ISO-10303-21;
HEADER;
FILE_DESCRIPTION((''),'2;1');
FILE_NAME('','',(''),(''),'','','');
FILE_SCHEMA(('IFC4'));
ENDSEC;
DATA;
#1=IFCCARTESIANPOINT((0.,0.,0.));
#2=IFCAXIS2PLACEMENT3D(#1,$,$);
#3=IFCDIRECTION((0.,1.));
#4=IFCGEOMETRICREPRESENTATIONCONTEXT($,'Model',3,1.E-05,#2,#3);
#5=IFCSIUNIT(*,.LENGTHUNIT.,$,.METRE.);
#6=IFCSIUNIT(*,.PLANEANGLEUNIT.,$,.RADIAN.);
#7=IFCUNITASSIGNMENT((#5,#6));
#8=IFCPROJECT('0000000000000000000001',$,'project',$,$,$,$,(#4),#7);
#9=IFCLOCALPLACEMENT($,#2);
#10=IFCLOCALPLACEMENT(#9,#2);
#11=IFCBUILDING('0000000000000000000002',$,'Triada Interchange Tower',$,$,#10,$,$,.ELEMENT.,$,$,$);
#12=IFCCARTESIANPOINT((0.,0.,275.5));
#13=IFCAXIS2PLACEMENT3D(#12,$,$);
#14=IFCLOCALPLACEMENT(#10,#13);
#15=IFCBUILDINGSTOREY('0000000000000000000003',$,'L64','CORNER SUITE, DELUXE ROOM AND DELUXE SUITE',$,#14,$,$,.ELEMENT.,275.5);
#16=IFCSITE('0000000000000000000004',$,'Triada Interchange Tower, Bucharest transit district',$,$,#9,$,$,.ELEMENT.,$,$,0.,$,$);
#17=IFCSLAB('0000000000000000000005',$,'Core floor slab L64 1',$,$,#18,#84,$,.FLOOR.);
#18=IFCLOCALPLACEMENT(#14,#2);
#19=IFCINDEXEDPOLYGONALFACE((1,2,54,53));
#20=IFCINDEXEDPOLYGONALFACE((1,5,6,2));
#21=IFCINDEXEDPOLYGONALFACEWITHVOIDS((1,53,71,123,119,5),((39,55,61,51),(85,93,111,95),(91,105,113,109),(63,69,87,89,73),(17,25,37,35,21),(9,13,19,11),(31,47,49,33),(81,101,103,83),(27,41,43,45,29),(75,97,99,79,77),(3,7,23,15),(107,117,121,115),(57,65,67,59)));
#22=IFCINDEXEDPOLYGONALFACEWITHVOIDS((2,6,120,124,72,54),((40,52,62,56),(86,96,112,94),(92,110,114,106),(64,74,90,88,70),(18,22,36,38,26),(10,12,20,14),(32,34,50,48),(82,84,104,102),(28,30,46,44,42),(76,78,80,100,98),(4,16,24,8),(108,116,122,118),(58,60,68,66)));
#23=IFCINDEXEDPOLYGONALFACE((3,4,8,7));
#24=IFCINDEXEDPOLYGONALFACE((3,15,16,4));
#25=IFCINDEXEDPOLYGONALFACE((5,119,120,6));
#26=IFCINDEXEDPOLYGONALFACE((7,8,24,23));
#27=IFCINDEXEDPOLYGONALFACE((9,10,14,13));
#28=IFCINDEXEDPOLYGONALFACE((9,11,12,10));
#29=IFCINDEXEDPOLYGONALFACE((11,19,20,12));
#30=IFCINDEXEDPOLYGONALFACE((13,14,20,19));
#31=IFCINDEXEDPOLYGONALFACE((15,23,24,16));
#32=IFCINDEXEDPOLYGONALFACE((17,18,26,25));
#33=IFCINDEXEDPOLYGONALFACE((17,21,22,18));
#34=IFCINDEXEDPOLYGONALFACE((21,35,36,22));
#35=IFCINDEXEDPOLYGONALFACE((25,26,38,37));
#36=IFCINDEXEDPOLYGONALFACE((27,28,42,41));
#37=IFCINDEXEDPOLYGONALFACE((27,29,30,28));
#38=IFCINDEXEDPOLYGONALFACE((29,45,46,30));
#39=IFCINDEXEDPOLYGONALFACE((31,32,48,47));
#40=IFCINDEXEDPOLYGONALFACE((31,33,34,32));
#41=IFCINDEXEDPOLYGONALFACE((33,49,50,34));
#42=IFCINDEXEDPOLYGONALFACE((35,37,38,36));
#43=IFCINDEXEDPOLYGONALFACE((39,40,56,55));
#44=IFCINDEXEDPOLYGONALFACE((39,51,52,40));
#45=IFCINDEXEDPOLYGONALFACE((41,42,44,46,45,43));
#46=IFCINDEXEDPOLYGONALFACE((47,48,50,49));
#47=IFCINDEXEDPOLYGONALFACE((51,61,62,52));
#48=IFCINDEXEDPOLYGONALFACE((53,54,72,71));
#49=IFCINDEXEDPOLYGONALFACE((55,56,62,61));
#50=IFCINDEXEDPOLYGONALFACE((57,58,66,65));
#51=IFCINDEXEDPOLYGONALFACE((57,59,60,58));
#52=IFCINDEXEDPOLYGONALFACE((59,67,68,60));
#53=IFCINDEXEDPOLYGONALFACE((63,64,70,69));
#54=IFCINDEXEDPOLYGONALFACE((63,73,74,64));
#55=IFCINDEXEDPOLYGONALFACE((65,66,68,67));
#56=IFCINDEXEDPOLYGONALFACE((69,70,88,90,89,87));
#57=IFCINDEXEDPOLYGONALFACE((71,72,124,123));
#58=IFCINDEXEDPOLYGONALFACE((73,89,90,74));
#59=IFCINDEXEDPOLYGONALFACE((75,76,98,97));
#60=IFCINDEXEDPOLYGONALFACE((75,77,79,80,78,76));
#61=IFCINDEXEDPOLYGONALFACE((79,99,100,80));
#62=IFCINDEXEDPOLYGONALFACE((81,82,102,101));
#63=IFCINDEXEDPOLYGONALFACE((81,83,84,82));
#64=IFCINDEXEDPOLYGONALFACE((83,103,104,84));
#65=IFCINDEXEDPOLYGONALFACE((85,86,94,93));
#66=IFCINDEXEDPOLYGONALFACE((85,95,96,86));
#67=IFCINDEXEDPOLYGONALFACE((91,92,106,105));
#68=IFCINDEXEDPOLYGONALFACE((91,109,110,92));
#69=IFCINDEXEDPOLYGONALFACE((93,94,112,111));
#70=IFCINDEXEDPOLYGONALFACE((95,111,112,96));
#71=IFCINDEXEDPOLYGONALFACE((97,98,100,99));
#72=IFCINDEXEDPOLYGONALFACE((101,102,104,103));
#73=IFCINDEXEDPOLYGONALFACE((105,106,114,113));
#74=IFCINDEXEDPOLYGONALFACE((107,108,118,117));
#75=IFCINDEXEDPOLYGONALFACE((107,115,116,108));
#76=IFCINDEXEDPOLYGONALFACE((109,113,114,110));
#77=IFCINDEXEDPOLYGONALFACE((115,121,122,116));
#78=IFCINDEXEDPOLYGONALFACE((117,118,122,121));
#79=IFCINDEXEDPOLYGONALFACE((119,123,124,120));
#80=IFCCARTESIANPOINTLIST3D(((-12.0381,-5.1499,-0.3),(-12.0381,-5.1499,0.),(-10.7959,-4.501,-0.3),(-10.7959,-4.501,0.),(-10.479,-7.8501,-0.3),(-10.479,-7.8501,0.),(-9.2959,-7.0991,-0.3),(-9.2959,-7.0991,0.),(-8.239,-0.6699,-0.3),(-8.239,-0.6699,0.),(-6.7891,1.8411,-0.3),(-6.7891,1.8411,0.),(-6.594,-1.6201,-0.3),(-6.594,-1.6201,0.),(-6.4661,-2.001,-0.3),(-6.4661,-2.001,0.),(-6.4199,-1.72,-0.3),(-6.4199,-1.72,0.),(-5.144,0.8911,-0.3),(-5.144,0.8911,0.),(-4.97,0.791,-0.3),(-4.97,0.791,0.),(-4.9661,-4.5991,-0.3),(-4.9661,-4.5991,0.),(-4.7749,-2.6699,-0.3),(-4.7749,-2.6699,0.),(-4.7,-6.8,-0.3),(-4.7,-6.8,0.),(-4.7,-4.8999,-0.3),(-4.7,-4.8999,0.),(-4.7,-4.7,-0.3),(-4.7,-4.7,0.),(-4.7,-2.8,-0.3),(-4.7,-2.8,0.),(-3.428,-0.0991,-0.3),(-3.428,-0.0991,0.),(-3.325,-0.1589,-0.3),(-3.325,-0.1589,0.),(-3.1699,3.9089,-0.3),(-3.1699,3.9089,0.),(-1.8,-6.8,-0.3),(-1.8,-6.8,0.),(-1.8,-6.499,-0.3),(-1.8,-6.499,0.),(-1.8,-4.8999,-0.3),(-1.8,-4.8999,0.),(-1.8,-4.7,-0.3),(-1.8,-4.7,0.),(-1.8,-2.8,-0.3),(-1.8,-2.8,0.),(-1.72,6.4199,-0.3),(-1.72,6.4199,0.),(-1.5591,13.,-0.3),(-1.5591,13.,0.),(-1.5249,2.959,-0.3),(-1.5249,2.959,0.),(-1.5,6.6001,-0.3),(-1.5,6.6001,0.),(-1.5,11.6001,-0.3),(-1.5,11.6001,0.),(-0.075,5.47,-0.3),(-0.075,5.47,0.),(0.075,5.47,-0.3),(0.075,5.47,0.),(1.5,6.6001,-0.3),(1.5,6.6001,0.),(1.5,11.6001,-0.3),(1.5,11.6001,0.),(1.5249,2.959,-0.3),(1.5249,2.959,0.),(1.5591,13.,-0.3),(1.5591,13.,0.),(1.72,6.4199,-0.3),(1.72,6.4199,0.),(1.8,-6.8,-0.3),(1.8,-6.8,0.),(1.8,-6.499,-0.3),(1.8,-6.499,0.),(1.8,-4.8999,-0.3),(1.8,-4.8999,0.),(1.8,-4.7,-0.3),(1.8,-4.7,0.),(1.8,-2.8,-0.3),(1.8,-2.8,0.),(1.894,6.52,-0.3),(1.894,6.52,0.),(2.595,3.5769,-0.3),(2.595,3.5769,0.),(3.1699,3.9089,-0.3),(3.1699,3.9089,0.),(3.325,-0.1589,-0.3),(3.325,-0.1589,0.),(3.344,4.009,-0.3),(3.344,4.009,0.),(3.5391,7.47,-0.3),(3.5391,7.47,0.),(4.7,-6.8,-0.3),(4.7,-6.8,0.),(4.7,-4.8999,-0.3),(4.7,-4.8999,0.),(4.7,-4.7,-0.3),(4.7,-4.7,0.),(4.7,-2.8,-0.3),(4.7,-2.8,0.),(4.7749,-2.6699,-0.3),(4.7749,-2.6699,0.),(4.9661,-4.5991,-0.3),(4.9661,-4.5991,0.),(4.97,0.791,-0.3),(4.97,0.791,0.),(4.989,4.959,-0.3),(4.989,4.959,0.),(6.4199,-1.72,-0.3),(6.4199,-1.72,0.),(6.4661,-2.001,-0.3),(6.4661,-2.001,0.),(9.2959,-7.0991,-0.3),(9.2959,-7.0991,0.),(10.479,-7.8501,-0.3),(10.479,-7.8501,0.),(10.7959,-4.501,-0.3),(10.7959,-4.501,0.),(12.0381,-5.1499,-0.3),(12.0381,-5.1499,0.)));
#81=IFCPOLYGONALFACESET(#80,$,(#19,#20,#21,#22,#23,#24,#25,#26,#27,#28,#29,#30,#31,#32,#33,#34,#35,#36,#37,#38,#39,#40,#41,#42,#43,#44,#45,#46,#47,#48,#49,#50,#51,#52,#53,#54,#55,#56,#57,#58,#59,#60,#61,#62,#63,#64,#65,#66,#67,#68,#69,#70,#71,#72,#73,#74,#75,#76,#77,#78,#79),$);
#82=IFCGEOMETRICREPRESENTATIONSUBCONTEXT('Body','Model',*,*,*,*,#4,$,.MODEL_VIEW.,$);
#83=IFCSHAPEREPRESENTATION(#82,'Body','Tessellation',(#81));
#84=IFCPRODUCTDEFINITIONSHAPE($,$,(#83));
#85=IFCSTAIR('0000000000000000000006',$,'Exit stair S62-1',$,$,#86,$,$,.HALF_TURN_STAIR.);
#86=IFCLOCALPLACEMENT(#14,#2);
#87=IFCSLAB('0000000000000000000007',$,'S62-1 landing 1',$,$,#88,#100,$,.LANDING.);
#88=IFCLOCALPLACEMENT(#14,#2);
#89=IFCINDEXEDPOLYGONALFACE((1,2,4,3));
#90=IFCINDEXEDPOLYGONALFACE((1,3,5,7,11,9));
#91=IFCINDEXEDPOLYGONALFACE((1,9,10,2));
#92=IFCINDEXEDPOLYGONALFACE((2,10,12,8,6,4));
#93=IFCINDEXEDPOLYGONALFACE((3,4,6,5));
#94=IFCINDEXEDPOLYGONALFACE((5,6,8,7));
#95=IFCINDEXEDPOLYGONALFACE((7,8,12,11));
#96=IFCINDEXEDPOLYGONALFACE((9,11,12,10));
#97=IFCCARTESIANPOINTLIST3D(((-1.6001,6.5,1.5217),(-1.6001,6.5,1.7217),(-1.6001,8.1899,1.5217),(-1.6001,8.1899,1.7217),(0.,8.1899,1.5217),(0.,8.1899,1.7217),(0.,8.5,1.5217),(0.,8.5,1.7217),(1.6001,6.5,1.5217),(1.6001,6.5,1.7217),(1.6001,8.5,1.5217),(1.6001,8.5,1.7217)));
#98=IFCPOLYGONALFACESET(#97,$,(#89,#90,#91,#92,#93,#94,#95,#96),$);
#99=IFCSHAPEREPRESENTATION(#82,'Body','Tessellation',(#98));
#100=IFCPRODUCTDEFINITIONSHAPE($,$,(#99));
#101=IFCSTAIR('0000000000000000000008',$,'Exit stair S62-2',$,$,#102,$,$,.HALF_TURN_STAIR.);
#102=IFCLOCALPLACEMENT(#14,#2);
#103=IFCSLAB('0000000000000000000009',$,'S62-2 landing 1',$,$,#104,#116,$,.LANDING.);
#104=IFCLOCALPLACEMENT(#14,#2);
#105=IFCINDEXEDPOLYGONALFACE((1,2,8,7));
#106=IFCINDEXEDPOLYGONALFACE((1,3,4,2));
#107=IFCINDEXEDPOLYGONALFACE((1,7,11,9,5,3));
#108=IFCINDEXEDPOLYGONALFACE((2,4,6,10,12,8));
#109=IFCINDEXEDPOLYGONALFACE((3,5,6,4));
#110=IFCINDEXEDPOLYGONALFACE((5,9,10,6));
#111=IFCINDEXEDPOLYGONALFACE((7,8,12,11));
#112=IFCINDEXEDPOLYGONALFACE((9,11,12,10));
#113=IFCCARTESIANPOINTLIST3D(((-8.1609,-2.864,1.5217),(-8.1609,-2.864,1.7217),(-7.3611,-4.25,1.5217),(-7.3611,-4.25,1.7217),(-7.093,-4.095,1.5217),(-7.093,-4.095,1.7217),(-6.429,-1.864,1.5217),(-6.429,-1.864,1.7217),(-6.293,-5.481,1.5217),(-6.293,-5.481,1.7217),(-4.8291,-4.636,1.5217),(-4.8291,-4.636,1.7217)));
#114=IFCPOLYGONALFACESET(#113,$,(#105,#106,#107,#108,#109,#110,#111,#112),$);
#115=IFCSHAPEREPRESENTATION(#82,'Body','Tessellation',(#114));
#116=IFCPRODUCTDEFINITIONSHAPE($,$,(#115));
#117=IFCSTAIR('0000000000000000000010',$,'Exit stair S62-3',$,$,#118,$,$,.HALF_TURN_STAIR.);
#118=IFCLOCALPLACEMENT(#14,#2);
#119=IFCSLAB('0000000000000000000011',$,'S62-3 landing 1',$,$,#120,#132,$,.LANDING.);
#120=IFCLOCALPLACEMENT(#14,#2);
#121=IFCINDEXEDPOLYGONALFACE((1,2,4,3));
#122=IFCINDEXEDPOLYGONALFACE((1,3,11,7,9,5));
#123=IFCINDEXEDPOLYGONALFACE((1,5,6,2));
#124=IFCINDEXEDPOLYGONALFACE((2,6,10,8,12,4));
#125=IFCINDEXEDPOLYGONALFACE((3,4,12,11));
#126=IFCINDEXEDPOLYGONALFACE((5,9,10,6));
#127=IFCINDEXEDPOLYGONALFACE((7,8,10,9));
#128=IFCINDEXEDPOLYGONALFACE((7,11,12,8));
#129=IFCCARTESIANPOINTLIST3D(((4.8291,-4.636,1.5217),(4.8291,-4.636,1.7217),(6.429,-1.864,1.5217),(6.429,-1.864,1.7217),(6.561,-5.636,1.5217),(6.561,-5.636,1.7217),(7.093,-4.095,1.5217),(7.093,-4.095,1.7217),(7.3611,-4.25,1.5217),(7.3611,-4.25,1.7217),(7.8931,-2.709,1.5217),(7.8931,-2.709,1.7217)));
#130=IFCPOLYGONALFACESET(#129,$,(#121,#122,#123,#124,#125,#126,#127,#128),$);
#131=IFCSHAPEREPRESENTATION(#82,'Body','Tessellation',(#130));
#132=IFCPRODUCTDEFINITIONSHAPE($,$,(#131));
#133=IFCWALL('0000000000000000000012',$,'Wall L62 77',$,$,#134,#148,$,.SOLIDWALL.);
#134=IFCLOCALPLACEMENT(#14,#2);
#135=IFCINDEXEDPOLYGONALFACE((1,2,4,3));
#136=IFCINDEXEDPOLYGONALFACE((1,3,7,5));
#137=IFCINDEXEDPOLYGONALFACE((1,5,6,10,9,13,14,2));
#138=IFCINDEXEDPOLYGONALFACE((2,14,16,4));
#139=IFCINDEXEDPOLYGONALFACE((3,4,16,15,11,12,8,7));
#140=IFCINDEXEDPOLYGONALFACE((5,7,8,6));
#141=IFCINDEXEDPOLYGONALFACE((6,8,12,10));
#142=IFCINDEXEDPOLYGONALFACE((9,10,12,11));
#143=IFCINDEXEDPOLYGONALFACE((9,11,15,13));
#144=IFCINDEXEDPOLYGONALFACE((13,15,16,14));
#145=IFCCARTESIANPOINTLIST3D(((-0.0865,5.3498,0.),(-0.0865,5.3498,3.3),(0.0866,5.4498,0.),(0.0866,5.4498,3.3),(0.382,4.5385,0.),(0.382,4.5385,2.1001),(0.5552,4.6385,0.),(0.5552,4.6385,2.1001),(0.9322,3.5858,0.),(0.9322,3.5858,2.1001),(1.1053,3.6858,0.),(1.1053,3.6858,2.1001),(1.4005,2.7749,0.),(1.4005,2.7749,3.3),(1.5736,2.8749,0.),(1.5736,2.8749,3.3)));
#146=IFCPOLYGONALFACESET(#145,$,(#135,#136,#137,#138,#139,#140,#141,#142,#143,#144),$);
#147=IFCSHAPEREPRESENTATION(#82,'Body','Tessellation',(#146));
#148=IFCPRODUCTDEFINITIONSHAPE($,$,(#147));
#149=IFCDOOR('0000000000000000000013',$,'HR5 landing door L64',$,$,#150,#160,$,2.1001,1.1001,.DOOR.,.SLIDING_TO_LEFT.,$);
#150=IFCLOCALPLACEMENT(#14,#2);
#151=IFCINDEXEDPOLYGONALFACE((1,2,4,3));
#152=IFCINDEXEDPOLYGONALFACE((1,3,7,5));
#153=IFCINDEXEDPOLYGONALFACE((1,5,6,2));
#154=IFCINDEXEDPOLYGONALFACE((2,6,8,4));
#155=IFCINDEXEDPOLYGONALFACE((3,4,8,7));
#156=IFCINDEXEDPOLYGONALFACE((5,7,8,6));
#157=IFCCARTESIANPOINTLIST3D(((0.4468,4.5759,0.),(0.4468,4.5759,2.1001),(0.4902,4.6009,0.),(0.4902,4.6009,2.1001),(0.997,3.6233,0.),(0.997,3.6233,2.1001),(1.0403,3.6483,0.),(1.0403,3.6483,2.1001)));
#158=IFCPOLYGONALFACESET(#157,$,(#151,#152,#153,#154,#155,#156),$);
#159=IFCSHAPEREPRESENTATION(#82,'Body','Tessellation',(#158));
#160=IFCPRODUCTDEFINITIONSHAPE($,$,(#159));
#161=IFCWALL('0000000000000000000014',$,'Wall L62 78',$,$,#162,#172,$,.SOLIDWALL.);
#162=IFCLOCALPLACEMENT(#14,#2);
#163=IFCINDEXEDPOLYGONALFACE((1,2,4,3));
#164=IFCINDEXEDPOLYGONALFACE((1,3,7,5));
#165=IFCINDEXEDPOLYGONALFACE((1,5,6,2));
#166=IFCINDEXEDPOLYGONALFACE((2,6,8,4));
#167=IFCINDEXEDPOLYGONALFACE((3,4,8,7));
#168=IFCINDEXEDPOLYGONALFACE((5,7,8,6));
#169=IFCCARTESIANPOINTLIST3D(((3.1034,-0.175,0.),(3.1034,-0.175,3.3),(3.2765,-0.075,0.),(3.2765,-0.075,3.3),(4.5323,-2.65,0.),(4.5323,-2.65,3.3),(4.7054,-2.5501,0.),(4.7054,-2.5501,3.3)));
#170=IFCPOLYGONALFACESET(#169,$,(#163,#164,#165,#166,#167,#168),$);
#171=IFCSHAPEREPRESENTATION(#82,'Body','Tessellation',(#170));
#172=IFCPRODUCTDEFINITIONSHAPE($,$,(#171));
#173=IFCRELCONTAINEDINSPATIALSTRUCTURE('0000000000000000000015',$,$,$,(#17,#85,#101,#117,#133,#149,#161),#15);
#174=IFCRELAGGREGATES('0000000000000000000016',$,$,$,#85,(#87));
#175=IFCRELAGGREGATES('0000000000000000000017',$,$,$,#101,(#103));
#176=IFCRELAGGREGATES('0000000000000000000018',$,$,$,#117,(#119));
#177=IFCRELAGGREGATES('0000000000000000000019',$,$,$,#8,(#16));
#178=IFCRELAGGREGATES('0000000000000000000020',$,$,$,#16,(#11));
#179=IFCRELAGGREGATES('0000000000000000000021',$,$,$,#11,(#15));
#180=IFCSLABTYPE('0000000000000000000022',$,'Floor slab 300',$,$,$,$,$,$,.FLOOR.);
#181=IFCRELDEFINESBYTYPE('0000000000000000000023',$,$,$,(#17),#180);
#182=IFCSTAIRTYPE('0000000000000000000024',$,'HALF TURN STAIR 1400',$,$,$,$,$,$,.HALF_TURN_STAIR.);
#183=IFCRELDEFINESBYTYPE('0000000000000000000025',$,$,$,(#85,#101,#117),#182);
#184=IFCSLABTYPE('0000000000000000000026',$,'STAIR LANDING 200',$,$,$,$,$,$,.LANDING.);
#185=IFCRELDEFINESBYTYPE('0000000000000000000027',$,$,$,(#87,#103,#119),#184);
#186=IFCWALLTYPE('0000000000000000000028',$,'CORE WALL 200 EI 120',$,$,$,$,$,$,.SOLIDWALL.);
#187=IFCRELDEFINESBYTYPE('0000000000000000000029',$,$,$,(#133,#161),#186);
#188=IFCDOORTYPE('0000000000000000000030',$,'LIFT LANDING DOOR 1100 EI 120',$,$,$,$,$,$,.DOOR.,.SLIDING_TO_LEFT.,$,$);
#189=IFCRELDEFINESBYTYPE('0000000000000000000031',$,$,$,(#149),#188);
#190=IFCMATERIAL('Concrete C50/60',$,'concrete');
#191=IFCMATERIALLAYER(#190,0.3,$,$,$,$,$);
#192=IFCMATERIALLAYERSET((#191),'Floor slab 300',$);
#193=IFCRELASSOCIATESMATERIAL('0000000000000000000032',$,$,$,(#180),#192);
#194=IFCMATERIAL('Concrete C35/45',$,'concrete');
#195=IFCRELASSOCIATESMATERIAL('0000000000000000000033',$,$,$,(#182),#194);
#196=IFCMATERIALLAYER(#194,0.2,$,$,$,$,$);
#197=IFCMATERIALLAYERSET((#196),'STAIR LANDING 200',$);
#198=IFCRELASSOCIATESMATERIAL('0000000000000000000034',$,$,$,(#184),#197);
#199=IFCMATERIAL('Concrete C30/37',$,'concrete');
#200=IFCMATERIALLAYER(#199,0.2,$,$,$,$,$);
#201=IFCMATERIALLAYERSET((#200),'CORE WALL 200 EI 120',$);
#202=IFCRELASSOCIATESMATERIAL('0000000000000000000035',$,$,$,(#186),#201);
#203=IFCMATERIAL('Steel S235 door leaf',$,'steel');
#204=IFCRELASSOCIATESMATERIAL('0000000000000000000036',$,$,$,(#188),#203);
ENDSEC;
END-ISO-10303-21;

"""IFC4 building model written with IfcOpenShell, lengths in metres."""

from ifc_helpers import new_model, si_unit, direction, frame, frame_2d, origin, place, context, subcontext, project, spatial, polyline, rectangle, outline, extrude, material, layer, layer_set, type_object, element, fill, aggregate, save


model = new_model("IFC4")

# Units and contexts
model_context = context("Model", 3, precision=1e-05, world=origin(), true_north=direction((0.0, 1.0)))
body_context = subcontext(model_context, "Body", "Model", "MODEL_VIEW")
ifc_project = project(units=[si_unit("LENGTHUNIT", "METRE"), si_unit("PLANEANGLEUNIT", "RADIAN")], contexts=[model_context])

# Site, building, storey
site_placement = place(None, origin())
site = spatial("IfcSite", under=ifc_project, at=site_placement, Name="Triada Interchange Tower, Bucharest transit district", CompositionType="ELEMENT", RefElevation=0.0)
building_placement = place(site_placement, origin())
building = spatial("IfcBuilding", under=site, at=building_placement, Name="Triada Interchange Tower", CompositionType="ELEMENT")
storey_placement = place(building_placement, frame((0.0, 0.0, 275.5)))
storey = spatial("IfcBuildingStorey", under=building, at=storey_placement, Name="L64", Description="CORNER SUITE, DELUXE ROOM AND DELUXE SUITE", CompositionType="ELEMENT", Elevation=275.5)

# Slab
ifc_material_1 = material(Name="Concrete C50/60", Category="concrete")
ifc_layer_1 = layer(ifc_material_1, 0.3)
ifc_layer_set_1 = layer_set([ifc_layer_1], Name="Floor slab 300")
slab_type_1 = type_object("IfcSlabType", Name="Floor slab 300", PredefinedType="FLOOR", material=ifc_layer_set_1)
slab_1_placement = place(storey_placement, frame((0.0, 0.0, -0.3)))
element("IfcSlab", 1, at=slab_1_placement, inside=storey, type_object=slab_type_1, Name="Core floor slab L64 1", PredefinedType="FLOOR", context=body_context, shape_type="SweptSolid", body=[
    extrude(outline(polyline([(12.0381, -5.1499), (10.479, -7.8501), (-10.479, -7.8501), (-12.0381, -5.1499), (-1.5591, 13.0), (1.5591, 13.0), (12.0381, -5.1499)]), holes=[polyline([(9.2959, -7.0991), (10.7959, -4.501), (6.4661, -2.001), (4.9661, -4.5991), (9.2959, -7.0991)]), polyline([(4.97, 0.791), (3.325, -0.1589), (4.7749, -2.6699), (6.4199, -1.72), (4.97, 0.791)]), polyline([(1.894, 6.52), (3.344, 4.009), (4.989, 4.959), (3.5391, 7.47), (1.894, 6.52)]), polyline([(1.8, -4.8999), (1.8, -6.499), (1.8, -6.8), (4.7, -6.8), (4.7, -4.8999), (1.8, -4.8999)]), polyline([(4.7, -2.8), (1.8, -2.8), (1.8, -4.7), (4.7, -4.7), (4.7, -2.8)]), polyline([(1.5249, 2.959), (2.595, 3.5769), (3.1699, 3.9089), (1.72, 6.4199), (0.075, 5.47), (1.5249, 2.959)]), polyline([(-1.5, 11.6001), (-1.5, 6.6001), (1.5, 6.6001), (1.5, 11.6001), (-1.5, 11.6001)]), polyline([(-1.5249, 2.959), (-0.075, 5.47), (-1.72, 6.4199), (-3.1699, 3.9089), (-1.5249, 2.959)]), polyline([(-1.8, -2.8), (-4.7, -2.8), (-4.7, -4.7), (-1.8, -4.7), (-1.8, -2.8)]), polyline([(-4.7, -6.8), (-1.8, -6.8), (-1.8, -6.499), (-1.8, -4.8999), (-4.7, -4.8999), (-4.7, -6.8)]), polyline([(-3.428, -0.0991), (-4.97, 0.791), (-6.4199, -1.72), (-4.7749, -2.6699), (-3.325, -0.1589), (-3.428, -0.0991)]), polyline([(-10.7959, -4.501), (-9.2959, -7.0991), (-4.9661, -4.5991), (-6.4661, -2.001), (-10.7959, -4.501)]), polyline([(-6.594, -1.6201), (-5.144, 0.8911), (-6.7891, 1.8411), (-8.239, -0.6699), (-6.594, -1.6201)])]), origin(), (0.0, 0.0, 1.0), 0.3),
])

# Stairs, slabs
ifc_material_2 = material(Name="Concrete C35/45", Category="concrete")
stair_type = type_object("IfcStairType", Name="HALF TURN STAIR 1400", PredefinedType="HALF_TURN_STAIR", material=ifc_material_2)
stair_1_placement = place(storey_placement, origin())
stair_1 = element("IfcStair", 2, at=stair_1_placement, inside=storey, type_object=stair_type, Name="Exit stair S62-1", PredefinedType="HALF_TURN_STAIR")
ifc_layer_2 = layer(ifc_material_2, 0.2)
ifc_layer_set_2 = layer_set([ifc_layer_2], Name="STAIR LANDING 200")
slab_type_2 = type_object("IfcSlabType", Name="STAIR LANDING 200", PredefinedType="LANDING", material=ifc_layer_set_2)
slab_2_placement = place(storey_placement, frame((0.0, 0.0, 1.5217)))
slab_2 = element("IfcSlab", 3, at=slab_2_placement, type_object=slab_type_2, Name="S62-1 landing 1", PredefinedType="LANDING", context=body_context, shape_type="SweptSolid", body=[
    extrude(outline(polyline([(1.6001, 6.5), (1.6001, 8.5), (0.0, 8.5), (0.0, 8.1899), (-1.6001, 8.1899), (-1.6001, 6.5), (1.6001, 6.5)])), origin(), (0.0, 0.0, 1.0), 0.2),
])
aggregate(stair_1, [slab_2])
stair_2_placement = place(storey_placement, origin())
stair_2 = element("IfcStair", 4, at=stair_2_placement, inside=storey, type_object=stair_type, Name="Exit stair S62-2", PredefinedType="HALF_TURN_STAIR")
slab_3_placement = place(storey_placement, frame((0.0, 0.0, 1.5217)))
slab_3 = element("IfcSlab", 5, at=slab_3_placement, type_object=slab_type_2, Name="S62-2 landing 1", PredefinedType="LANDING", context=body_context, shape_type="SweptSolid", body=[
    extrude(outline(polyline([(-6.429, -1.864), (-8.1609, -2.864), (-7.3611, -4.25), (-7.093, -4.095), (-6.293, -5.481), (-4.8291, -4.636), (-6.429, -1.864)])), origin(), (0.0, 0.0, 1.0), 0.2),
])
aggregate(stair_2, [slab_3])
stair_3_placement = place(storey_placement, origin())
stair_3 = element("IfcStair", 6, at=stair_3_placement, inside=storey, type_object=stair_type, Name="Exit stair S62-3", PredefinedType="HALF_TURN_STAIR")
slab_4_placement = place(storey_placement, frame((0.0, 0.0, 1.5217)))
slab_4 = element("IfcSlab", 7, at=slab_4_placement, type_object=slab_type_2, Name="S62-3 landing 1", PredefinedType="LANDING", context=body_context, shape_type="SweptSolid", body=[
    extrude(outline(polyline([(4.8291, -4.636), (6.561, -5.636), (7.3611, -4.25), (7.093, -4.095), (7.8931, -2.709), (6.429, -1.864), (4.8291, -4.636)])), origin(), (0.0, 0.0, 1.0), 0.2),
])
aggregate(stair_3, [slab_4])

# Wall, opening, door
ifc_material_3 = material(Name="Concrete C30/37", Category="concrete")
ifc_layer_3 = layer(ifc_material_3, 0.2)
ifc_layer_set_3 = layer_set([ifc_layer_3], Name="CORE WALL 200 EI 120")
wall_type_1 = type_object("IfcWallType", Name="CORE WALL 200 EI 120", PredefinedType="SOLIDWALL", material=ifc_layer_set_3)
wall_1_placement = place(storey_placement, frame((0.0, 5.3999, 0.0), z_axis=(0.0, 0.0, 1.0), x_axis=(0.500104, -0.865965, 0.0)))
wall_1 = element("IfcWall", 8, at=wall_1_placement, inside=storey, type_object=wall_type_1, Name="Wall L62 77", PredefinedType="SOLIDWALL", context=body_context, shape_type="SweptSolid", body=[
    extrude(rectangle(XDim=2.9734, YDim=0.2, at=frame_2d((1.4868, 0.0))), origin(), (0.0, 0.0, 1.0), 3.3),
])
opening_1_placement = place(wall_1_placement, frame((0.937, 0.0, 0.0)))
opening_1 = element("IfcOpeningElement", 9, at=opening_1_placement, cuts=wall_1, PredefinedType="OPENING", context=body_context, shape_type="SweptSolid", body=[
    extrude(rectangle(XDim=1.1001, YDim=2.1001, at=frame_2d((0.55, 1.05))), frame((0.0, 0.1099, 0.0), z_axis=(0.0, -1.0, 0.0), x_axis=(1.0, 0.0, 0.0)), (0.0, 0.0, 1.0), 0.22),
])
ifc_material_4 = material(Name="Steel S235 door leaf", Category="steel")
door_type_1 = type_object("IfcDoorType", Name="LIFT LANDING DOOR 1100 EI 120", OperationType="SLIDING_TO_LEFT", PredefinedType="DOOR", material=ifc_material_4)
door_1_placement = place(opening_1_placement, origin())
door_1 = element("IfcDoor", 10, at=door_1_placement, inside=storey, type_object=door_type_1, Name="HR5 landing door L64", OperationType="SLIDING_TO_LEFT", OverallHeight=2.1001, OverallWidth=1.1001, PredefinedType="DOOR", context=body_context, shape_type="SweptSolid", body=[
    extrude(rectangle(XDim=1.1001, YDim=2.1001, at=frame_2d((0.55, 1.05))), frame((0.0, 0.0249, 0.0), z_axis=(0.0, -1.0, 0.0), x_axis=(1.0, 0.0, 0.0)), (0.0, 0.0, 1.0), 0.05),
])
fill(opening_1, door_1)

# Wall
wall_2_placement = place(storey_placement, frame((3.1899, -0.125, 0.0), z_axis=(0.0, 0.0, 1.0), x_axis=(0.499989, -0.866032, 0.0)))
element("IfcWall", 11, at=wall_2_placement, inside=storey, type_object=wall_type_1, Name="Wall L62 78", PredefinedType="SOLIDWALL", context=body_context, shape_type="SweptSolid", body=[
    extrude(rectangle(XDim=2.8579, YDim=0.2, at=frame_2d((1.429, 0.0))), origin(), (0.0, 0.0, 1.0), 3.3),
])

save(model, "model.ifc")
